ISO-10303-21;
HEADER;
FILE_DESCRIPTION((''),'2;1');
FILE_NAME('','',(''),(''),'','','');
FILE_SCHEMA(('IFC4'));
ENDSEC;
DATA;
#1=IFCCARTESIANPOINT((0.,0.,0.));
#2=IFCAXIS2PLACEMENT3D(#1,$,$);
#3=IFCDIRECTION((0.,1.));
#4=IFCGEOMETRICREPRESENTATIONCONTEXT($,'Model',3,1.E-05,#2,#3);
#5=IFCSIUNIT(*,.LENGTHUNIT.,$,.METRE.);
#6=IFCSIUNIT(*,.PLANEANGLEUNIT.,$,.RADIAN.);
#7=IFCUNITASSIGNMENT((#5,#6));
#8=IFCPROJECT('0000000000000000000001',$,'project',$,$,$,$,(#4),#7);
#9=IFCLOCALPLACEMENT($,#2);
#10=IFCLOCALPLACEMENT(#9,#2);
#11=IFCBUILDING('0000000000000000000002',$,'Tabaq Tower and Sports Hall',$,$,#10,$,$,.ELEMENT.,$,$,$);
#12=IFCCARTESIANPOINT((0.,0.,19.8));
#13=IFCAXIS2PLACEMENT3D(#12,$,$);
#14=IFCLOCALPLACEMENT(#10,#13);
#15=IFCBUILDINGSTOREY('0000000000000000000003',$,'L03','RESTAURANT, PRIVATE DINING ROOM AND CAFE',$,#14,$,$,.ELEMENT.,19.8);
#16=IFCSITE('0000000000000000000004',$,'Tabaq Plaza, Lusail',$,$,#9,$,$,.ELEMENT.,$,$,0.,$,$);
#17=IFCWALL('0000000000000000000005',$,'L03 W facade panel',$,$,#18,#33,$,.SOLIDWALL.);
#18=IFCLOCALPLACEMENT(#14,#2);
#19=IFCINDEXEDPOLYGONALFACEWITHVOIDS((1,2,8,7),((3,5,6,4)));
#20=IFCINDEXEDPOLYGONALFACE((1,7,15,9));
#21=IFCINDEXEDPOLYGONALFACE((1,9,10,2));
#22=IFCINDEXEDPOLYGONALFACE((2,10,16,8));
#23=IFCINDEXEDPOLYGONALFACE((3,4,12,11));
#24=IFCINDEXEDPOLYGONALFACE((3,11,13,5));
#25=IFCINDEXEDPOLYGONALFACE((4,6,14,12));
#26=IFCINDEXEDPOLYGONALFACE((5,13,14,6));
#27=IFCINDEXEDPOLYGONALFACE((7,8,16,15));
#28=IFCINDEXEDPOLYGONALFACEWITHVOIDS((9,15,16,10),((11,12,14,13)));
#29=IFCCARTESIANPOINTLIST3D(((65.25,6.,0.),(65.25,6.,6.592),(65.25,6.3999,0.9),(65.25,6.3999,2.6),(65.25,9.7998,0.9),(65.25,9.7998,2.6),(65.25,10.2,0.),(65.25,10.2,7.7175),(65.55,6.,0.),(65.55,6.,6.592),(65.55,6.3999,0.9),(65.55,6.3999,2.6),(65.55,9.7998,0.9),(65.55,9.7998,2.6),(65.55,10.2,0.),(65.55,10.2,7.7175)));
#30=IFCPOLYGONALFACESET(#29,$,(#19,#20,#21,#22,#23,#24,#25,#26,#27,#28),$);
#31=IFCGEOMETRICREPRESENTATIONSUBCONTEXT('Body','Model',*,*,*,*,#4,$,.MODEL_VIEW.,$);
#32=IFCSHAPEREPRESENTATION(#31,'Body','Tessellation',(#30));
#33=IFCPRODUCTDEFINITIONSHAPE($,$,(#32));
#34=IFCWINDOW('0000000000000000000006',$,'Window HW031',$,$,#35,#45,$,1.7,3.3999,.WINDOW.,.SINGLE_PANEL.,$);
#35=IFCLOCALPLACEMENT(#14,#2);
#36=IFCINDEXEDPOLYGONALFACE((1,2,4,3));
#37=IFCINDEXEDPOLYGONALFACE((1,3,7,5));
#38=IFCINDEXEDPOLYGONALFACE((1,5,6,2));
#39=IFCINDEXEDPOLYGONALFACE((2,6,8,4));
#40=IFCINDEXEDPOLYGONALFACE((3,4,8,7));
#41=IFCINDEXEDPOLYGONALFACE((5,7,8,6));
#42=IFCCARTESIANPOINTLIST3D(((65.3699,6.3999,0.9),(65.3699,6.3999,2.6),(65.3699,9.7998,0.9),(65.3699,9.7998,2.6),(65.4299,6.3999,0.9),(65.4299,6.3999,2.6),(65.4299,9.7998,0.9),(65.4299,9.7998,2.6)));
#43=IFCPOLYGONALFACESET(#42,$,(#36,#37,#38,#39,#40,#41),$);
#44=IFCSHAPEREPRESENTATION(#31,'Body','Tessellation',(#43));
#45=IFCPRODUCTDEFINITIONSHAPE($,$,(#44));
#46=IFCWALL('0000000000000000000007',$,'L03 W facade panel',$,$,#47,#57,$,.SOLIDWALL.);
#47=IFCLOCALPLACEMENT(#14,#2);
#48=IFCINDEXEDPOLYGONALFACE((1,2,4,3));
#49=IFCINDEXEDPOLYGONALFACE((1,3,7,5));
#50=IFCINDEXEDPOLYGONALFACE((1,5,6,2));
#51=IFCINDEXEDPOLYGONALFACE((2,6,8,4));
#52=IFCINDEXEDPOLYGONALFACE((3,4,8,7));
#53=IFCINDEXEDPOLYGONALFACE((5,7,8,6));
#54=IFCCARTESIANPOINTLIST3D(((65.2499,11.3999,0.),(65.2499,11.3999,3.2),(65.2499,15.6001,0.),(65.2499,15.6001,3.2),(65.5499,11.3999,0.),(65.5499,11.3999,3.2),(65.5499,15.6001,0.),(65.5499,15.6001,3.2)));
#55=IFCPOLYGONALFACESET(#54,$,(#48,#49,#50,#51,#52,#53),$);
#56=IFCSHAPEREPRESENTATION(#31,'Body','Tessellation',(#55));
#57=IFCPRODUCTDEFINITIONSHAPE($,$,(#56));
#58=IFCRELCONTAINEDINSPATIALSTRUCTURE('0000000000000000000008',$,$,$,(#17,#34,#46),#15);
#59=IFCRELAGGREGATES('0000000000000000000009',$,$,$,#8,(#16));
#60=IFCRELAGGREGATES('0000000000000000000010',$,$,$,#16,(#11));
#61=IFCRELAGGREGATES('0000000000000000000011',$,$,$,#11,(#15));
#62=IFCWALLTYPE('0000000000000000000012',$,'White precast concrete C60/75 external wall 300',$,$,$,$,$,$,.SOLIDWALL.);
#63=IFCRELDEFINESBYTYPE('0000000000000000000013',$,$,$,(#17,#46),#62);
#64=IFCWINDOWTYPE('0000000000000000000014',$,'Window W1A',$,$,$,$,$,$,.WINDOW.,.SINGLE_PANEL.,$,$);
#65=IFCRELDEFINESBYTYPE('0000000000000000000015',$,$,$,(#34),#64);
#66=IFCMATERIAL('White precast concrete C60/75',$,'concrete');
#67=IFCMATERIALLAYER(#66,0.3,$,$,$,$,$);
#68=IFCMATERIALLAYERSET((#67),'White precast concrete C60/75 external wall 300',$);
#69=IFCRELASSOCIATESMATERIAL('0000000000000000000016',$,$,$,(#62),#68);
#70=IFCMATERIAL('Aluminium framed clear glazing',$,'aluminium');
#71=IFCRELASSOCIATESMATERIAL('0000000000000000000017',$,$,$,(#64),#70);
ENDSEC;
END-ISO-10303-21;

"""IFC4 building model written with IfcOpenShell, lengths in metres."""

from ifc_helpers import new_model, si_unit, direction, frame, frame_2d, origin, place, context, subcontext, project, spatial, polyline, rectangle, outline, extrude, material, layer, layer_set, type_object, element, fill, save


model = new_model("IFC4")

# Units and contexts
model_context = context("Model", 3, precision=1e-05, world=origin(), true_north=direction((0.0, 1.0)))
body_context = subcontext(model_context, "Body", "Model", "MODEL_VIEW")
ifc_project = project(units=[si_unit("LENGTHUNIT", "METRE"), si_unit("PLANEANGLEUNIT", "RADIAN")], contexts=[model_context])

# Site, building, storey
site_placement = place(None, origin())
site = spatial("IfcSite", under=ifc_project, at=site_placement, Name="Tabaq Plaza, Lusail", CompositionType="ELEMENT", RefElevation=0.0)
building_placement = place(site_placement, origin())
building = spatial("IfcBuilding", under=site, at=building_placement, Name="Tabaq Tower and Sports Hall", CompositionType="ELEMENT")
storey_placement = place(building_placement, frame((0.0, 0.0, 19.8)))
storey = spatial("IfcBuildingStorey", under=building, at=storey_placement, Name="L03", Description="RESTAURANT, PRIVATE DINING ROOM AND CAFE", CompositionType="ELEMENT", Elevation=19.8)

# Shared definitions
ifc_material_1 = material(Name="White precast concrete C60/75", Category="concrete")
ifc_layer_1 = layer(ifc_material_1, 0.3)
ifc_layer_set_1 = layer_set([ifc_layer_1], Name="White precast concrete C60/75 external wall 300")
wall_type_1 = type_object("IfcWallType", Name="White precast concrete C60/75 external wall 300", PredefinedType="SOLIDWALL", material=ifc_layer_set_1)

# Wall, opening, window
wall_1_placement = place(storey_placement, frame((65.3999, 6.0, 0.0), z_axis=(0.0, 0.0, 1.0), x_axis=(0.0, 1.0, 0.0)))
wall_1 = element("IfcWall", 1, at=wall_1_placement, inside=storey, type_object=wall_type_1, Name="L03 W facade panel", PredefinedType="SOLIDWALL", context=body_context, shape_type="SweptSolid", body=[
    extrude(outline(polyline([(0.0, 0.0), (4.2, 0.0), (4.2, 7.7175), (0.0, 6.592), (0.0, 0.0)])), frame((0.0, 0.1499, 0.0), z_axis=(0.0, -1.0, 0.0), x_axis=(1.0, 0.0, 0.0)), (0.0, 0.0, 1.0), 0.3),
])
opening_1_placement = place(wall_1_placement, frame((0.3999, 0.0, 0.8999)))
opening_1 = element("IfcOpeningElement", 2, at=opening_1_placement, cuts=wall_1, PredefinedType="OPENING", context=body_context, shape_type="SweptSolid", body=[
    extrude(rectangle(XDim=3.3999, YDim=1.7, at=frame_2d((1.7, 0.8501))), frame((0.0, 0.1499, 0.0), z_axis=(0.0, -1.0, 0.0), x_axis=(1.0, 0.0, 0.0)), (0.0, 0.0, 1.0), 0.3),
])
ifc_material_2 = material(Name="Aluminium framed clear glazing", Category="aluminium")
window_type_1 = type_object("IfcWindowType", Name="Window W1A", PartitioningType="SINGLE_PANEL", PredefinedType="WINDOW", material=ifc_material_2)
window_1_placement = place(opening_1_placement, origin())
window_1 = element("IfcWindow", 3, at=window_1_placement, inside=storey, type_object=window_type_1, Name="Window HW031", OverallHeight=1.7, OverallWidth=3.3999, PartitioningType="SINGLE_PANEL", PredefinedType="WINDOW", context=body_context, shape_type="SweptSolid", body=[
    extrude(rectangle(XDim=3.3999, YDim=1.7, at=frame_2d((1.7, 0.8501))), frame((0.0, 0.03, 0.0), z_axis=(0.0, -1.0, 0.0), x_axis=(1.0, 0.0, 0.0)), (0.0, 0.0, 1.0), 0.0601),
])
fill(opening_1, window_1)

# Wall
wall_2_placement = place(storey_placement, frame((65.3999, 11.3999, 0.0), z_axis=(0.0, 0.0, 1.0), x_axis=(0.0, 1.0, 0.0)))
element("IfcWall", 4, at=wall_2_placement, inside=storey, type_object=wall_type_1, Name="L03 W facade panel", PredefinedType="SOLIDWALL", context=body_context, shape_type="SweptSolid", body=[
    extrude(rectangle(XDim=4.2002, YDim=0.3, at=frame_2d((2.1001, 0.0))), origin(), (0.0, 0.0, 1.0), 3.2),
])

save(model, "model.ifc")
